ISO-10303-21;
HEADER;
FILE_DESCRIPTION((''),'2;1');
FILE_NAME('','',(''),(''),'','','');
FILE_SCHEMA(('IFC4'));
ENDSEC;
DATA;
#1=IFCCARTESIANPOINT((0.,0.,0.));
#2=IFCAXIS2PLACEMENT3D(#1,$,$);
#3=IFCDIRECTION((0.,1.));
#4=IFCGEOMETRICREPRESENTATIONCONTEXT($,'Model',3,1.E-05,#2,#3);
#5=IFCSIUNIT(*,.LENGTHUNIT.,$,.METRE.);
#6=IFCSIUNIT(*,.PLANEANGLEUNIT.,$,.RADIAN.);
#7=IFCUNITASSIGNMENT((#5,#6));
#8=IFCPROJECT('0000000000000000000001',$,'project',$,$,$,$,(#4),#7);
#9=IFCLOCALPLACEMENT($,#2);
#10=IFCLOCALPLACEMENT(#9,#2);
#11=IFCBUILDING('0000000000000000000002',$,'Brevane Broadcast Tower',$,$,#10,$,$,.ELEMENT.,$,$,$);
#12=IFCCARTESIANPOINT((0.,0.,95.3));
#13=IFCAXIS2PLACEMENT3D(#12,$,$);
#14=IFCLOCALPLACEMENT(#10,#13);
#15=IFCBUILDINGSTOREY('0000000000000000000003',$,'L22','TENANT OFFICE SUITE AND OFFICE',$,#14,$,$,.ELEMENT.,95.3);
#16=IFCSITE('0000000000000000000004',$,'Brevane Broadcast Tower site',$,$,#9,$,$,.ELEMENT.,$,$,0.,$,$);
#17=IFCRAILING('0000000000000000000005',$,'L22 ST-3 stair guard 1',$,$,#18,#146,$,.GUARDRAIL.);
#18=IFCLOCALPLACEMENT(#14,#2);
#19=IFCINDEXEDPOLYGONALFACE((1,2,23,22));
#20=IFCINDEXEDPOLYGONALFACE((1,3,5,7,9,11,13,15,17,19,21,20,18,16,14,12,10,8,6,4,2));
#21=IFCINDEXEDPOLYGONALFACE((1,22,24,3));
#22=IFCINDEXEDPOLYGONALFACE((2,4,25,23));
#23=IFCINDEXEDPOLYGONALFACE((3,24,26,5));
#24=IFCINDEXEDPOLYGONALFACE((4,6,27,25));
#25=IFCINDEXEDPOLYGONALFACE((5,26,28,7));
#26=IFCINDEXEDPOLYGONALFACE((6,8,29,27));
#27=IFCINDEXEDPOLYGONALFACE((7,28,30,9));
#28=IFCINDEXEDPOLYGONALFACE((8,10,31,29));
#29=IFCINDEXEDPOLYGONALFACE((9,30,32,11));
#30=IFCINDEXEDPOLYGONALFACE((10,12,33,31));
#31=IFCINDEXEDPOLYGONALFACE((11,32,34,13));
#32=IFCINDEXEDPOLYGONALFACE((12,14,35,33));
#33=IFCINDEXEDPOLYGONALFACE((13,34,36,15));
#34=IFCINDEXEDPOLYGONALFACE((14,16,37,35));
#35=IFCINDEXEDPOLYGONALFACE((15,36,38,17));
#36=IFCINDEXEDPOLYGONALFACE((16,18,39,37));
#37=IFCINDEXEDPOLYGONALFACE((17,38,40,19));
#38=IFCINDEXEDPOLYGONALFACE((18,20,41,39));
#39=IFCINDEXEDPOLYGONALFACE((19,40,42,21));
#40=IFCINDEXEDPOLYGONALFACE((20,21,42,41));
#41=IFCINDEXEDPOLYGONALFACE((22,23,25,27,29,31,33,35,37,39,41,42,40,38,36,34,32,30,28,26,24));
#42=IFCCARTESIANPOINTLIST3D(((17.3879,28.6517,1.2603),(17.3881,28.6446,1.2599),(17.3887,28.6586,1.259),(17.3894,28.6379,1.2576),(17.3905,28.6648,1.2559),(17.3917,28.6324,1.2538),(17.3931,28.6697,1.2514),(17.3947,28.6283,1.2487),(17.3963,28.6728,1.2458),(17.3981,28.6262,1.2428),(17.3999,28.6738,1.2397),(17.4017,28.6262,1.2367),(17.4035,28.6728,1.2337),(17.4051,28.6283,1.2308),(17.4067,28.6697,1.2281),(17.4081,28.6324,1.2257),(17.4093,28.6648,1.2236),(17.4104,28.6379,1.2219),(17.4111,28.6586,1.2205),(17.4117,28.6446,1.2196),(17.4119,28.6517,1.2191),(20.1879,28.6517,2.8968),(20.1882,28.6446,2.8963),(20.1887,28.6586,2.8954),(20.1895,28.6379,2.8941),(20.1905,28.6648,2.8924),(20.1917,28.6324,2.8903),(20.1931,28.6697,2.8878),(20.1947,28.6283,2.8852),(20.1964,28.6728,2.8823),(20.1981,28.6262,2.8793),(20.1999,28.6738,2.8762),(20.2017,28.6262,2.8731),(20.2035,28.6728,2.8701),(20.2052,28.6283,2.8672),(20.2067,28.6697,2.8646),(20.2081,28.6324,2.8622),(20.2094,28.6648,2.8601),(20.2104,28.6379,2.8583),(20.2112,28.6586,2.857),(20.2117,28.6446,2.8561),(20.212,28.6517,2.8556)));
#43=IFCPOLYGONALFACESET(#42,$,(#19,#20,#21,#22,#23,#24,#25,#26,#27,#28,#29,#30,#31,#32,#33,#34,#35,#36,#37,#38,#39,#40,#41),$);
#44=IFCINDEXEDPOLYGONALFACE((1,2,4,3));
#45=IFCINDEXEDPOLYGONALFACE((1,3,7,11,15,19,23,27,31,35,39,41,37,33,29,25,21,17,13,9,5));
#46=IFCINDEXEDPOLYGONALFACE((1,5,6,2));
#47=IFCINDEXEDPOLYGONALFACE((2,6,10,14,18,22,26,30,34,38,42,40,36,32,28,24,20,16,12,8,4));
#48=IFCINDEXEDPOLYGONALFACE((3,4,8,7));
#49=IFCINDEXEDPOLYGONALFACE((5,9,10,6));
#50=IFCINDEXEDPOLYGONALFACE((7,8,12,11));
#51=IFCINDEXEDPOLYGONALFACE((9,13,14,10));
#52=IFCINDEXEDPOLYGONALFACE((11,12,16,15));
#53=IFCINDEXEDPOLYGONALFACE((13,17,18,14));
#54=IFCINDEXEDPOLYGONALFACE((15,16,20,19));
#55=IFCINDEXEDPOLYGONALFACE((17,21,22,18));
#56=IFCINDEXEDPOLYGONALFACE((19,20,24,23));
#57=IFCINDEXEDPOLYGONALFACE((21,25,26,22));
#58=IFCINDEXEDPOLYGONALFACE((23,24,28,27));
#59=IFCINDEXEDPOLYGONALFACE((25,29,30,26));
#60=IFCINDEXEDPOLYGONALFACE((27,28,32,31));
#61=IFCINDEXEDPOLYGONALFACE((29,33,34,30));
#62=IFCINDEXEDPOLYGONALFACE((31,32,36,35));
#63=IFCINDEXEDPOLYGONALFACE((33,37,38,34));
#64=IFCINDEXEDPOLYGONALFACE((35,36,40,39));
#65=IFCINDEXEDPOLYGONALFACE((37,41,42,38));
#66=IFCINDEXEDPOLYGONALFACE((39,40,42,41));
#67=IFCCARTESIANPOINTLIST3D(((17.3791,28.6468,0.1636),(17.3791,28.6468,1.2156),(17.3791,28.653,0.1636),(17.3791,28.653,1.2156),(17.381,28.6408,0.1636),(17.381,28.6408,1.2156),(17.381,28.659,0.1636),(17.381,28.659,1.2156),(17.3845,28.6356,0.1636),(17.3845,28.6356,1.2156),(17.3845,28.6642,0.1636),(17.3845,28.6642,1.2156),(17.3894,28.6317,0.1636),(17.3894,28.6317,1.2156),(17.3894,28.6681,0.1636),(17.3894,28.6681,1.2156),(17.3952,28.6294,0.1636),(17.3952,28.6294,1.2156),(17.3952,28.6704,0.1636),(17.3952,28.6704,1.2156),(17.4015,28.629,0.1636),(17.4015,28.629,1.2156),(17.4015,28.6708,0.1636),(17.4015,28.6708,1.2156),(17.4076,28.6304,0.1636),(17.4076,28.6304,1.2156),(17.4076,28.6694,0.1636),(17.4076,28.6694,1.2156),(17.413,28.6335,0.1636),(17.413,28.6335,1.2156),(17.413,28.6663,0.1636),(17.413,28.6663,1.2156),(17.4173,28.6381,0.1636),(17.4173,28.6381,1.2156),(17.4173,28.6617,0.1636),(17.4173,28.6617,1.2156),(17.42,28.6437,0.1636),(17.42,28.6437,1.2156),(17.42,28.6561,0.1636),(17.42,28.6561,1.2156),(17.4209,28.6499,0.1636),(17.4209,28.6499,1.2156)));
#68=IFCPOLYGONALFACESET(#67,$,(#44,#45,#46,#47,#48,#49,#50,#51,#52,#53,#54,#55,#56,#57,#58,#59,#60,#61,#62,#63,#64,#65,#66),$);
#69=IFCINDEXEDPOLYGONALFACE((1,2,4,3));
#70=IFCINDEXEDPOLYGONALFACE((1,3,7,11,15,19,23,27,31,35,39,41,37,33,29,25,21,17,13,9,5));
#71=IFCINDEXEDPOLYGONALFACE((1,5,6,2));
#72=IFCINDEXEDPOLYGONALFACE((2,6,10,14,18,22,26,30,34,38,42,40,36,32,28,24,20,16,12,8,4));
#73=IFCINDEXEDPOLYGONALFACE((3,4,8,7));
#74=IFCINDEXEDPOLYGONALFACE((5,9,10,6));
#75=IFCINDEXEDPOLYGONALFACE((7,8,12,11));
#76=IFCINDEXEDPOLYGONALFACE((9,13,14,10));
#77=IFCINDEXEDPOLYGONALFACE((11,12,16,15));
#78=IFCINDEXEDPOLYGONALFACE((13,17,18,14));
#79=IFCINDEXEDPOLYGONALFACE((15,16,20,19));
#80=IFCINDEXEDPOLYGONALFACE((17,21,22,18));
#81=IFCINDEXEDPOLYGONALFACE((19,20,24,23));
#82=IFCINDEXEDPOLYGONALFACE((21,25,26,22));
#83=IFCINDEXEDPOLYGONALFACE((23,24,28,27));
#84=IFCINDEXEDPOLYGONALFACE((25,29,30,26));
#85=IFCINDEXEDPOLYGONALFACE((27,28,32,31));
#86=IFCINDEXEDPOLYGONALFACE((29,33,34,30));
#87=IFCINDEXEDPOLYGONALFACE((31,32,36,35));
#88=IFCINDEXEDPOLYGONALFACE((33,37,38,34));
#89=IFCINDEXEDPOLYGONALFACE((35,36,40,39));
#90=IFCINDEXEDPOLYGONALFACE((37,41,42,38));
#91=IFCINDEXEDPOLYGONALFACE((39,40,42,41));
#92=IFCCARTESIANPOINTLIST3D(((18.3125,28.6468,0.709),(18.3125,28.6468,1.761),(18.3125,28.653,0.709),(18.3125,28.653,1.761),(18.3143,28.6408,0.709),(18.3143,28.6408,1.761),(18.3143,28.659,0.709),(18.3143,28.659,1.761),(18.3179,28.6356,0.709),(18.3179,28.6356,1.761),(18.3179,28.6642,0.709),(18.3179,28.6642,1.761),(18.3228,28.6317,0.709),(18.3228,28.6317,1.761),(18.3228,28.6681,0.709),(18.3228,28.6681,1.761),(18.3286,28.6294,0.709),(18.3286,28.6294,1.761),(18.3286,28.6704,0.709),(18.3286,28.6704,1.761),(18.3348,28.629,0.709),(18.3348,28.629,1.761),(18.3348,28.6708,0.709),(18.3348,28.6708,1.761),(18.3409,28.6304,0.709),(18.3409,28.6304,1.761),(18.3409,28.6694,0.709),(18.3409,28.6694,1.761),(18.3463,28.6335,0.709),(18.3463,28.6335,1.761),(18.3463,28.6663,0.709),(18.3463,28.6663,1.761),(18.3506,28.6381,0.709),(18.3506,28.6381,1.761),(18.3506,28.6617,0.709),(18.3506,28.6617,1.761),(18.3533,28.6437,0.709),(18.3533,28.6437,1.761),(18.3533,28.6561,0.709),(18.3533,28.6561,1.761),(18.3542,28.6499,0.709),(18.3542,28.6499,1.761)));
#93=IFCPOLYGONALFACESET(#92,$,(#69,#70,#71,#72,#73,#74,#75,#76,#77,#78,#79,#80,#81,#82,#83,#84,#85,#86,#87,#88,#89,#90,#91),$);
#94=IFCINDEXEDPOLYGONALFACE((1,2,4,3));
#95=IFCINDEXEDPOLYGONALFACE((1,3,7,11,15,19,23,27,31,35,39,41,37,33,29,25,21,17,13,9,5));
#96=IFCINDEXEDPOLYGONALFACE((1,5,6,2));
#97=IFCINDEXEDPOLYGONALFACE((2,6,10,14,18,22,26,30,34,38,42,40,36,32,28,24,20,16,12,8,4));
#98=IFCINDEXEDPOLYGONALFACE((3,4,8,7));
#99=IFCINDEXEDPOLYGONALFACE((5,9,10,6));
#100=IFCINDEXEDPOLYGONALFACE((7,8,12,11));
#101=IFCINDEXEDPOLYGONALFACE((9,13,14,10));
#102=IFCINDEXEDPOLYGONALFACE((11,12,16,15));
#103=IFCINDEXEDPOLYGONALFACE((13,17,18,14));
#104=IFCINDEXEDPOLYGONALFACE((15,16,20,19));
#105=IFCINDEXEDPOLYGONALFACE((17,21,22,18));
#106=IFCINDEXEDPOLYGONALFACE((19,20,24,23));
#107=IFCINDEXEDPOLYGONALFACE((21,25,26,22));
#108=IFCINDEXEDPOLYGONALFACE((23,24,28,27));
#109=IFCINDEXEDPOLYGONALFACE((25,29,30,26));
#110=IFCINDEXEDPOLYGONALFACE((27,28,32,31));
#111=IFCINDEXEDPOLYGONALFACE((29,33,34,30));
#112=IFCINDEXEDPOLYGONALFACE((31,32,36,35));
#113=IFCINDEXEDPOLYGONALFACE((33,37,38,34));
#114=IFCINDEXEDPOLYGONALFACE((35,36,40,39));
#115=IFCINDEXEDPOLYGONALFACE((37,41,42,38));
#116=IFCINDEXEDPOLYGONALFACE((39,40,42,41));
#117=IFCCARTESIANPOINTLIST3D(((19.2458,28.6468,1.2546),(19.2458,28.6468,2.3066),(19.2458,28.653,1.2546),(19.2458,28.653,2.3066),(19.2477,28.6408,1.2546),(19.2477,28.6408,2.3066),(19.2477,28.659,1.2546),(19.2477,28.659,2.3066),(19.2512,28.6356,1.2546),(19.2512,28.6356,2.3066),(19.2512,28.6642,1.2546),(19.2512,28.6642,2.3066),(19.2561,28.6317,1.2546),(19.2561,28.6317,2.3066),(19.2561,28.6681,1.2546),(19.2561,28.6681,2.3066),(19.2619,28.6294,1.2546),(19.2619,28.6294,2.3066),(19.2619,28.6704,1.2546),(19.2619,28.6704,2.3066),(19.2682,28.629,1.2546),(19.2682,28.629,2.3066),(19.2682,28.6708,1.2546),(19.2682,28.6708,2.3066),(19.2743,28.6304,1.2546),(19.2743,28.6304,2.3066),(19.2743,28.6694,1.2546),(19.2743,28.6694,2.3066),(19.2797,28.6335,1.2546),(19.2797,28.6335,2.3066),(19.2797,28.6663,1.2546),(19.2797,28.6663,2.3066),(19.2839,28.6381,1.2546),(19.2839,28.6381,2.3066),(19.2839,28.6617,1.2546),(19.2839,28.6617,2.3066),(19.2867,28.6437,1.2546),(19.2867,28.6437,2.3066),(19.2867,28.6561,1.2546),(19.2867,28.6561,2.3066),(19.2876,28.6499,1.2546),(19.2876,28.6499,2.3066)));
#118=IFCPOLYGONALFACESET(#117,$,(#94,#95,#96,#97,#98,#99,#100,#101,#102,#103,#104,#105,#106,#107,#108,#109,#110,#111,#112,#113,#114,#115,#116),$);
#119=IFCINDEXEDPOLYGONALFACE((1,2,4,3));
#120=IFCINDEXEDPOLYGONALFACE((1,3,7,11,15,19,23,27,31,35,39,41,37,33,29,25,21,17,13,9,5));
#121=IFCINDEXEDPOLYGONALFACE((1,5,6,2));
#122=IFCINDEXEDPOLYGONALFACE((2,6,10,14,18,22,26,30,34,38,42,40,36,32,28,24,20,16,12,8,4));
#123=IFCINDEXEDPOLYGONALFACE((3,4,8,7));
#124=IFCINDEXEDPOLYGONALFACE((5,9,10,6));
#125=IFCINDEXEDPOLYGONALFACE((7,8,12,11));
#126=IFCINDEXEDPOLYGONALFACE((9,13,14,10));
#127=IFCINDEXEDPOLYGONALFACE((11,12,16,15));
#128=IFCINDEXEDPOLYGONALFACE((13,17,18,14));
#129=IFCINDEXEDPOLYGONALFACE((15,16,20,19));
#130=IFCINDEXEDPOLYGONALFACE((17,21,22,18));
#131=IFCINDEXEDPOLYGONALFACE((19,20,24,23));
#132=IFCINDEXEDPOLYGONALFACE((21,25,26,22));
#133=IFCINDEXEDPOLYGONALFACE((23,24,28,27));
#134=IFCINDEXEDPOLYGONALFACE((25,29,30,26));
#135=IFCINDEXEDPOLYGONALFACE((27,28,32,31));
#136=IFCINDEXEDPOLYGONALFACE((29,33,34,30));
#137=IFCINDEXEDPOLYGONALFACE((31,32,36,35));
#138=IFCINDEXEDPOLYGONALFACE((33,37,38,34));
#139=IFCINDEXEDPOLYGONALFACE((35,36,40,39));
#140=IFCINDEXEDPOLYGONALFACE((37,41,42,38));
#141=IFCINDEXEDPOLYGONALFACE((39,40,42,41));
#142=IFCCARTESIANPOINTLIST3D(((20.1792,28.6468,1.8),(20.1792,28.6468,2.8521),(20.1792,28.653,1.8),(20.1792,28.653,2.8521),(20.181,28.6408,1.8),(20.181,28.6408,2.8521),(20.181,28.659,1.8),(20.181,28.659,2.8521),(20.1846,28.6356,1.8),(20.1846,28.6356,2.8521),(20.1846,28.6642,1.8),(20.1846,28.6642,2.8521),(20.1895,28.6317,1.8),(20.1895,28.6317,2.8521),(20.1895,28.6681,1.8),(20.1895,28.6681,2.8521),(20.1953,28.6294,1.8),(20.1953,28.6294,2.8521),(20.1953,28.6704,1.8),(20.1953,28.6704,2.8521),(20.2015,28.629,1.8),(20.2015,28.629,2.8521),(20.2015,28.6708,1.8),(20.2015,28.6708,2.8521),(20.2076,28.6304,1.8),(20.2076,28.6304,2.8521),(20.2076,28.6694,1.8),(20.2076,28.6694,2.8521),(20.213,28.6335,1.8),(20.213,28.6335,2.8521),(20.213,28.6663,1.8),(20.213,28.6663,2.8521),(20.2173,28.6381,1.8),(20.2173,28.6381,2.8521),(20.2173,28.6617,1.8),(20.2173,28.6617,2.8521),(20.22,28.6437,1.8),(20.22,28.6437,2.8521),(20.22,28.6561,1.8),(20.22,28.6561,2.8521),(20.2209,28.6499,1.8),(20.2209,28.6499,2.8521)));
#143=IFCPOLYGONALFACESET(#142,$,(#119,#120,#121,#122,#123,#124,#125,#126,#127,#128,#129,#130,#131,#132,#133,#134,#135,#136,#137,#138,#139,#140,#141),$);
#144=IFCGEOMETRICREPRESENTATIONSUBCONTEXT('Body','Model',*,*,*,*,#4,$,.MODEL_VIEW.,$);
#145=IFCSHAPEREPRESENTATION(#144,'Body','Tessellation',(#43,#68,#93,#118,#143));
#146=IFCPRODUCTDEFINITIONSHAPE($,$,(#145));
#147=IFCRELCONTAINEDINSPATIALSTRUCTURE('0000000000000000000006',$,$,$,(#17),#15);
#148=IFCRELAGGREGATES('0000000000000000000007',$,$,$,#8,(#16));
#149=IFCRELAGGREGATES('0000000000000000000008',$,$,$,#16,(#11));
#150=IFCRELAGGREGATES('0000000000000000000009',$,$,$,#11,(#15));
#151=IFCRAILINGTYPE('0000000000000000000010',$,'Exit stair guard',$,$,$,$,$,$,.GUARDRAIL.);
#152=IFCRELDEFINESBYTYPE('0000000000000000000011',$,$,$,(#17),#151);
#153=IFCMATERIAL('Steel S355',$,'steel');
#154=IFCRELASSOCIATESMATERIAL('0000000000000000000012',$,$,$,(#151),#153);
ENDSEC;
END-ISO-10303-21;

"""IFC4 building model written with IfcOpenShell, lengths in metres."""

from ifc_helpers import new_model, si_unit, direction, frame, origin, origin_2d, place, context, subcontext, project, spatial, circle, extrude, material, type_object, element, save


model = new_model("IFC4")

# Units and contexts
model_context = context("Model", 3, precision=1e-05, world=origin(), true_north=direction((0.0, 1.0)))
body_context = subcontext(model_context, "Body", "Model", "MODEL_VIEW")
ifc_project = project(units=[si_unit("LENGTHUNIT", "METRE"), si_unit("PLANEANGLEUNIT", "RADIAN")], contexts=[model_context])

# Site, building, storey
site_placement = place(None, origin())
site = spatial("IfcSite", under=ifc_project, at=site_placement, Name="Brevane Broadcast Tower site", CompositionType="ELEMENT", RefElevation=0.0)
building_placement = place(site_placement, origin())
building = spatial("IfcBuilding", under=site, at=building_placement, Name="Brevane Broadcast Tower", CompositionType="ELEMENT")
storey_placement = place(building_placement, frame((0.0, 0.0, 95.3)))
storey = spatial("IfcBuildingStorey", under=building, at=storey_placement, Name="L22", Description="TENANT OFFICE SUITE AND OFFICE", CompositionType="ELEMENT", Elevation=95.3)

# Railing
ifc_material_1 = material(Name="Steel S355", Category="steel")
railing_type_1 = type_object("IfcRailingType", Name="Exit stair guard", PredefinedType="GUARDRAIL", material=ifc_material_1)
railing_1_placement = place(storey_placement, frame((17.3999, 28.6499, 0.1636)))
element("IfcRailing", 1, at=railing_1_placement, inside=storey, type_object=railing_type_1, Name="L22 ST-3 stair guard 1", PredefinedType="GUARDRAIL", context=body_context, shape_type="SweptSolid", body=[
    extrude(circle(Radius=0.0239, at=origin_2d()), frame((0.0, 0.0, 1.0762), z_axis=(0.863361, 0.0, 0.504587), x_axis=(0.0, 1.0, 0.0)), (0.0, 0.0, 1.0), 3.2432),
    extrude(circle(Radius=0.021, at=origin_2d()), origin(), (0.0, 0.0, 1.0), 1.052),
    extrude(circle(Radius=0.021, at=origin_2d()), frame((0.9333, 0.0, 0.5454)), (0.0, 0.0, 1.0), 1.052),
    extrude(circle(Radius=0.021, at=origin_2d()), frame((1.8667, 0.0, 1.0911)), (0.0, 0.0, 1.0), 1.052),
    extrude(circle(Radius=0.021, at=origin_2d()), frame((2.8, 0.0, 1.6365)), (0.0, 0.0, 1.0), 1.052),
])

save(model, "model.ifc")
